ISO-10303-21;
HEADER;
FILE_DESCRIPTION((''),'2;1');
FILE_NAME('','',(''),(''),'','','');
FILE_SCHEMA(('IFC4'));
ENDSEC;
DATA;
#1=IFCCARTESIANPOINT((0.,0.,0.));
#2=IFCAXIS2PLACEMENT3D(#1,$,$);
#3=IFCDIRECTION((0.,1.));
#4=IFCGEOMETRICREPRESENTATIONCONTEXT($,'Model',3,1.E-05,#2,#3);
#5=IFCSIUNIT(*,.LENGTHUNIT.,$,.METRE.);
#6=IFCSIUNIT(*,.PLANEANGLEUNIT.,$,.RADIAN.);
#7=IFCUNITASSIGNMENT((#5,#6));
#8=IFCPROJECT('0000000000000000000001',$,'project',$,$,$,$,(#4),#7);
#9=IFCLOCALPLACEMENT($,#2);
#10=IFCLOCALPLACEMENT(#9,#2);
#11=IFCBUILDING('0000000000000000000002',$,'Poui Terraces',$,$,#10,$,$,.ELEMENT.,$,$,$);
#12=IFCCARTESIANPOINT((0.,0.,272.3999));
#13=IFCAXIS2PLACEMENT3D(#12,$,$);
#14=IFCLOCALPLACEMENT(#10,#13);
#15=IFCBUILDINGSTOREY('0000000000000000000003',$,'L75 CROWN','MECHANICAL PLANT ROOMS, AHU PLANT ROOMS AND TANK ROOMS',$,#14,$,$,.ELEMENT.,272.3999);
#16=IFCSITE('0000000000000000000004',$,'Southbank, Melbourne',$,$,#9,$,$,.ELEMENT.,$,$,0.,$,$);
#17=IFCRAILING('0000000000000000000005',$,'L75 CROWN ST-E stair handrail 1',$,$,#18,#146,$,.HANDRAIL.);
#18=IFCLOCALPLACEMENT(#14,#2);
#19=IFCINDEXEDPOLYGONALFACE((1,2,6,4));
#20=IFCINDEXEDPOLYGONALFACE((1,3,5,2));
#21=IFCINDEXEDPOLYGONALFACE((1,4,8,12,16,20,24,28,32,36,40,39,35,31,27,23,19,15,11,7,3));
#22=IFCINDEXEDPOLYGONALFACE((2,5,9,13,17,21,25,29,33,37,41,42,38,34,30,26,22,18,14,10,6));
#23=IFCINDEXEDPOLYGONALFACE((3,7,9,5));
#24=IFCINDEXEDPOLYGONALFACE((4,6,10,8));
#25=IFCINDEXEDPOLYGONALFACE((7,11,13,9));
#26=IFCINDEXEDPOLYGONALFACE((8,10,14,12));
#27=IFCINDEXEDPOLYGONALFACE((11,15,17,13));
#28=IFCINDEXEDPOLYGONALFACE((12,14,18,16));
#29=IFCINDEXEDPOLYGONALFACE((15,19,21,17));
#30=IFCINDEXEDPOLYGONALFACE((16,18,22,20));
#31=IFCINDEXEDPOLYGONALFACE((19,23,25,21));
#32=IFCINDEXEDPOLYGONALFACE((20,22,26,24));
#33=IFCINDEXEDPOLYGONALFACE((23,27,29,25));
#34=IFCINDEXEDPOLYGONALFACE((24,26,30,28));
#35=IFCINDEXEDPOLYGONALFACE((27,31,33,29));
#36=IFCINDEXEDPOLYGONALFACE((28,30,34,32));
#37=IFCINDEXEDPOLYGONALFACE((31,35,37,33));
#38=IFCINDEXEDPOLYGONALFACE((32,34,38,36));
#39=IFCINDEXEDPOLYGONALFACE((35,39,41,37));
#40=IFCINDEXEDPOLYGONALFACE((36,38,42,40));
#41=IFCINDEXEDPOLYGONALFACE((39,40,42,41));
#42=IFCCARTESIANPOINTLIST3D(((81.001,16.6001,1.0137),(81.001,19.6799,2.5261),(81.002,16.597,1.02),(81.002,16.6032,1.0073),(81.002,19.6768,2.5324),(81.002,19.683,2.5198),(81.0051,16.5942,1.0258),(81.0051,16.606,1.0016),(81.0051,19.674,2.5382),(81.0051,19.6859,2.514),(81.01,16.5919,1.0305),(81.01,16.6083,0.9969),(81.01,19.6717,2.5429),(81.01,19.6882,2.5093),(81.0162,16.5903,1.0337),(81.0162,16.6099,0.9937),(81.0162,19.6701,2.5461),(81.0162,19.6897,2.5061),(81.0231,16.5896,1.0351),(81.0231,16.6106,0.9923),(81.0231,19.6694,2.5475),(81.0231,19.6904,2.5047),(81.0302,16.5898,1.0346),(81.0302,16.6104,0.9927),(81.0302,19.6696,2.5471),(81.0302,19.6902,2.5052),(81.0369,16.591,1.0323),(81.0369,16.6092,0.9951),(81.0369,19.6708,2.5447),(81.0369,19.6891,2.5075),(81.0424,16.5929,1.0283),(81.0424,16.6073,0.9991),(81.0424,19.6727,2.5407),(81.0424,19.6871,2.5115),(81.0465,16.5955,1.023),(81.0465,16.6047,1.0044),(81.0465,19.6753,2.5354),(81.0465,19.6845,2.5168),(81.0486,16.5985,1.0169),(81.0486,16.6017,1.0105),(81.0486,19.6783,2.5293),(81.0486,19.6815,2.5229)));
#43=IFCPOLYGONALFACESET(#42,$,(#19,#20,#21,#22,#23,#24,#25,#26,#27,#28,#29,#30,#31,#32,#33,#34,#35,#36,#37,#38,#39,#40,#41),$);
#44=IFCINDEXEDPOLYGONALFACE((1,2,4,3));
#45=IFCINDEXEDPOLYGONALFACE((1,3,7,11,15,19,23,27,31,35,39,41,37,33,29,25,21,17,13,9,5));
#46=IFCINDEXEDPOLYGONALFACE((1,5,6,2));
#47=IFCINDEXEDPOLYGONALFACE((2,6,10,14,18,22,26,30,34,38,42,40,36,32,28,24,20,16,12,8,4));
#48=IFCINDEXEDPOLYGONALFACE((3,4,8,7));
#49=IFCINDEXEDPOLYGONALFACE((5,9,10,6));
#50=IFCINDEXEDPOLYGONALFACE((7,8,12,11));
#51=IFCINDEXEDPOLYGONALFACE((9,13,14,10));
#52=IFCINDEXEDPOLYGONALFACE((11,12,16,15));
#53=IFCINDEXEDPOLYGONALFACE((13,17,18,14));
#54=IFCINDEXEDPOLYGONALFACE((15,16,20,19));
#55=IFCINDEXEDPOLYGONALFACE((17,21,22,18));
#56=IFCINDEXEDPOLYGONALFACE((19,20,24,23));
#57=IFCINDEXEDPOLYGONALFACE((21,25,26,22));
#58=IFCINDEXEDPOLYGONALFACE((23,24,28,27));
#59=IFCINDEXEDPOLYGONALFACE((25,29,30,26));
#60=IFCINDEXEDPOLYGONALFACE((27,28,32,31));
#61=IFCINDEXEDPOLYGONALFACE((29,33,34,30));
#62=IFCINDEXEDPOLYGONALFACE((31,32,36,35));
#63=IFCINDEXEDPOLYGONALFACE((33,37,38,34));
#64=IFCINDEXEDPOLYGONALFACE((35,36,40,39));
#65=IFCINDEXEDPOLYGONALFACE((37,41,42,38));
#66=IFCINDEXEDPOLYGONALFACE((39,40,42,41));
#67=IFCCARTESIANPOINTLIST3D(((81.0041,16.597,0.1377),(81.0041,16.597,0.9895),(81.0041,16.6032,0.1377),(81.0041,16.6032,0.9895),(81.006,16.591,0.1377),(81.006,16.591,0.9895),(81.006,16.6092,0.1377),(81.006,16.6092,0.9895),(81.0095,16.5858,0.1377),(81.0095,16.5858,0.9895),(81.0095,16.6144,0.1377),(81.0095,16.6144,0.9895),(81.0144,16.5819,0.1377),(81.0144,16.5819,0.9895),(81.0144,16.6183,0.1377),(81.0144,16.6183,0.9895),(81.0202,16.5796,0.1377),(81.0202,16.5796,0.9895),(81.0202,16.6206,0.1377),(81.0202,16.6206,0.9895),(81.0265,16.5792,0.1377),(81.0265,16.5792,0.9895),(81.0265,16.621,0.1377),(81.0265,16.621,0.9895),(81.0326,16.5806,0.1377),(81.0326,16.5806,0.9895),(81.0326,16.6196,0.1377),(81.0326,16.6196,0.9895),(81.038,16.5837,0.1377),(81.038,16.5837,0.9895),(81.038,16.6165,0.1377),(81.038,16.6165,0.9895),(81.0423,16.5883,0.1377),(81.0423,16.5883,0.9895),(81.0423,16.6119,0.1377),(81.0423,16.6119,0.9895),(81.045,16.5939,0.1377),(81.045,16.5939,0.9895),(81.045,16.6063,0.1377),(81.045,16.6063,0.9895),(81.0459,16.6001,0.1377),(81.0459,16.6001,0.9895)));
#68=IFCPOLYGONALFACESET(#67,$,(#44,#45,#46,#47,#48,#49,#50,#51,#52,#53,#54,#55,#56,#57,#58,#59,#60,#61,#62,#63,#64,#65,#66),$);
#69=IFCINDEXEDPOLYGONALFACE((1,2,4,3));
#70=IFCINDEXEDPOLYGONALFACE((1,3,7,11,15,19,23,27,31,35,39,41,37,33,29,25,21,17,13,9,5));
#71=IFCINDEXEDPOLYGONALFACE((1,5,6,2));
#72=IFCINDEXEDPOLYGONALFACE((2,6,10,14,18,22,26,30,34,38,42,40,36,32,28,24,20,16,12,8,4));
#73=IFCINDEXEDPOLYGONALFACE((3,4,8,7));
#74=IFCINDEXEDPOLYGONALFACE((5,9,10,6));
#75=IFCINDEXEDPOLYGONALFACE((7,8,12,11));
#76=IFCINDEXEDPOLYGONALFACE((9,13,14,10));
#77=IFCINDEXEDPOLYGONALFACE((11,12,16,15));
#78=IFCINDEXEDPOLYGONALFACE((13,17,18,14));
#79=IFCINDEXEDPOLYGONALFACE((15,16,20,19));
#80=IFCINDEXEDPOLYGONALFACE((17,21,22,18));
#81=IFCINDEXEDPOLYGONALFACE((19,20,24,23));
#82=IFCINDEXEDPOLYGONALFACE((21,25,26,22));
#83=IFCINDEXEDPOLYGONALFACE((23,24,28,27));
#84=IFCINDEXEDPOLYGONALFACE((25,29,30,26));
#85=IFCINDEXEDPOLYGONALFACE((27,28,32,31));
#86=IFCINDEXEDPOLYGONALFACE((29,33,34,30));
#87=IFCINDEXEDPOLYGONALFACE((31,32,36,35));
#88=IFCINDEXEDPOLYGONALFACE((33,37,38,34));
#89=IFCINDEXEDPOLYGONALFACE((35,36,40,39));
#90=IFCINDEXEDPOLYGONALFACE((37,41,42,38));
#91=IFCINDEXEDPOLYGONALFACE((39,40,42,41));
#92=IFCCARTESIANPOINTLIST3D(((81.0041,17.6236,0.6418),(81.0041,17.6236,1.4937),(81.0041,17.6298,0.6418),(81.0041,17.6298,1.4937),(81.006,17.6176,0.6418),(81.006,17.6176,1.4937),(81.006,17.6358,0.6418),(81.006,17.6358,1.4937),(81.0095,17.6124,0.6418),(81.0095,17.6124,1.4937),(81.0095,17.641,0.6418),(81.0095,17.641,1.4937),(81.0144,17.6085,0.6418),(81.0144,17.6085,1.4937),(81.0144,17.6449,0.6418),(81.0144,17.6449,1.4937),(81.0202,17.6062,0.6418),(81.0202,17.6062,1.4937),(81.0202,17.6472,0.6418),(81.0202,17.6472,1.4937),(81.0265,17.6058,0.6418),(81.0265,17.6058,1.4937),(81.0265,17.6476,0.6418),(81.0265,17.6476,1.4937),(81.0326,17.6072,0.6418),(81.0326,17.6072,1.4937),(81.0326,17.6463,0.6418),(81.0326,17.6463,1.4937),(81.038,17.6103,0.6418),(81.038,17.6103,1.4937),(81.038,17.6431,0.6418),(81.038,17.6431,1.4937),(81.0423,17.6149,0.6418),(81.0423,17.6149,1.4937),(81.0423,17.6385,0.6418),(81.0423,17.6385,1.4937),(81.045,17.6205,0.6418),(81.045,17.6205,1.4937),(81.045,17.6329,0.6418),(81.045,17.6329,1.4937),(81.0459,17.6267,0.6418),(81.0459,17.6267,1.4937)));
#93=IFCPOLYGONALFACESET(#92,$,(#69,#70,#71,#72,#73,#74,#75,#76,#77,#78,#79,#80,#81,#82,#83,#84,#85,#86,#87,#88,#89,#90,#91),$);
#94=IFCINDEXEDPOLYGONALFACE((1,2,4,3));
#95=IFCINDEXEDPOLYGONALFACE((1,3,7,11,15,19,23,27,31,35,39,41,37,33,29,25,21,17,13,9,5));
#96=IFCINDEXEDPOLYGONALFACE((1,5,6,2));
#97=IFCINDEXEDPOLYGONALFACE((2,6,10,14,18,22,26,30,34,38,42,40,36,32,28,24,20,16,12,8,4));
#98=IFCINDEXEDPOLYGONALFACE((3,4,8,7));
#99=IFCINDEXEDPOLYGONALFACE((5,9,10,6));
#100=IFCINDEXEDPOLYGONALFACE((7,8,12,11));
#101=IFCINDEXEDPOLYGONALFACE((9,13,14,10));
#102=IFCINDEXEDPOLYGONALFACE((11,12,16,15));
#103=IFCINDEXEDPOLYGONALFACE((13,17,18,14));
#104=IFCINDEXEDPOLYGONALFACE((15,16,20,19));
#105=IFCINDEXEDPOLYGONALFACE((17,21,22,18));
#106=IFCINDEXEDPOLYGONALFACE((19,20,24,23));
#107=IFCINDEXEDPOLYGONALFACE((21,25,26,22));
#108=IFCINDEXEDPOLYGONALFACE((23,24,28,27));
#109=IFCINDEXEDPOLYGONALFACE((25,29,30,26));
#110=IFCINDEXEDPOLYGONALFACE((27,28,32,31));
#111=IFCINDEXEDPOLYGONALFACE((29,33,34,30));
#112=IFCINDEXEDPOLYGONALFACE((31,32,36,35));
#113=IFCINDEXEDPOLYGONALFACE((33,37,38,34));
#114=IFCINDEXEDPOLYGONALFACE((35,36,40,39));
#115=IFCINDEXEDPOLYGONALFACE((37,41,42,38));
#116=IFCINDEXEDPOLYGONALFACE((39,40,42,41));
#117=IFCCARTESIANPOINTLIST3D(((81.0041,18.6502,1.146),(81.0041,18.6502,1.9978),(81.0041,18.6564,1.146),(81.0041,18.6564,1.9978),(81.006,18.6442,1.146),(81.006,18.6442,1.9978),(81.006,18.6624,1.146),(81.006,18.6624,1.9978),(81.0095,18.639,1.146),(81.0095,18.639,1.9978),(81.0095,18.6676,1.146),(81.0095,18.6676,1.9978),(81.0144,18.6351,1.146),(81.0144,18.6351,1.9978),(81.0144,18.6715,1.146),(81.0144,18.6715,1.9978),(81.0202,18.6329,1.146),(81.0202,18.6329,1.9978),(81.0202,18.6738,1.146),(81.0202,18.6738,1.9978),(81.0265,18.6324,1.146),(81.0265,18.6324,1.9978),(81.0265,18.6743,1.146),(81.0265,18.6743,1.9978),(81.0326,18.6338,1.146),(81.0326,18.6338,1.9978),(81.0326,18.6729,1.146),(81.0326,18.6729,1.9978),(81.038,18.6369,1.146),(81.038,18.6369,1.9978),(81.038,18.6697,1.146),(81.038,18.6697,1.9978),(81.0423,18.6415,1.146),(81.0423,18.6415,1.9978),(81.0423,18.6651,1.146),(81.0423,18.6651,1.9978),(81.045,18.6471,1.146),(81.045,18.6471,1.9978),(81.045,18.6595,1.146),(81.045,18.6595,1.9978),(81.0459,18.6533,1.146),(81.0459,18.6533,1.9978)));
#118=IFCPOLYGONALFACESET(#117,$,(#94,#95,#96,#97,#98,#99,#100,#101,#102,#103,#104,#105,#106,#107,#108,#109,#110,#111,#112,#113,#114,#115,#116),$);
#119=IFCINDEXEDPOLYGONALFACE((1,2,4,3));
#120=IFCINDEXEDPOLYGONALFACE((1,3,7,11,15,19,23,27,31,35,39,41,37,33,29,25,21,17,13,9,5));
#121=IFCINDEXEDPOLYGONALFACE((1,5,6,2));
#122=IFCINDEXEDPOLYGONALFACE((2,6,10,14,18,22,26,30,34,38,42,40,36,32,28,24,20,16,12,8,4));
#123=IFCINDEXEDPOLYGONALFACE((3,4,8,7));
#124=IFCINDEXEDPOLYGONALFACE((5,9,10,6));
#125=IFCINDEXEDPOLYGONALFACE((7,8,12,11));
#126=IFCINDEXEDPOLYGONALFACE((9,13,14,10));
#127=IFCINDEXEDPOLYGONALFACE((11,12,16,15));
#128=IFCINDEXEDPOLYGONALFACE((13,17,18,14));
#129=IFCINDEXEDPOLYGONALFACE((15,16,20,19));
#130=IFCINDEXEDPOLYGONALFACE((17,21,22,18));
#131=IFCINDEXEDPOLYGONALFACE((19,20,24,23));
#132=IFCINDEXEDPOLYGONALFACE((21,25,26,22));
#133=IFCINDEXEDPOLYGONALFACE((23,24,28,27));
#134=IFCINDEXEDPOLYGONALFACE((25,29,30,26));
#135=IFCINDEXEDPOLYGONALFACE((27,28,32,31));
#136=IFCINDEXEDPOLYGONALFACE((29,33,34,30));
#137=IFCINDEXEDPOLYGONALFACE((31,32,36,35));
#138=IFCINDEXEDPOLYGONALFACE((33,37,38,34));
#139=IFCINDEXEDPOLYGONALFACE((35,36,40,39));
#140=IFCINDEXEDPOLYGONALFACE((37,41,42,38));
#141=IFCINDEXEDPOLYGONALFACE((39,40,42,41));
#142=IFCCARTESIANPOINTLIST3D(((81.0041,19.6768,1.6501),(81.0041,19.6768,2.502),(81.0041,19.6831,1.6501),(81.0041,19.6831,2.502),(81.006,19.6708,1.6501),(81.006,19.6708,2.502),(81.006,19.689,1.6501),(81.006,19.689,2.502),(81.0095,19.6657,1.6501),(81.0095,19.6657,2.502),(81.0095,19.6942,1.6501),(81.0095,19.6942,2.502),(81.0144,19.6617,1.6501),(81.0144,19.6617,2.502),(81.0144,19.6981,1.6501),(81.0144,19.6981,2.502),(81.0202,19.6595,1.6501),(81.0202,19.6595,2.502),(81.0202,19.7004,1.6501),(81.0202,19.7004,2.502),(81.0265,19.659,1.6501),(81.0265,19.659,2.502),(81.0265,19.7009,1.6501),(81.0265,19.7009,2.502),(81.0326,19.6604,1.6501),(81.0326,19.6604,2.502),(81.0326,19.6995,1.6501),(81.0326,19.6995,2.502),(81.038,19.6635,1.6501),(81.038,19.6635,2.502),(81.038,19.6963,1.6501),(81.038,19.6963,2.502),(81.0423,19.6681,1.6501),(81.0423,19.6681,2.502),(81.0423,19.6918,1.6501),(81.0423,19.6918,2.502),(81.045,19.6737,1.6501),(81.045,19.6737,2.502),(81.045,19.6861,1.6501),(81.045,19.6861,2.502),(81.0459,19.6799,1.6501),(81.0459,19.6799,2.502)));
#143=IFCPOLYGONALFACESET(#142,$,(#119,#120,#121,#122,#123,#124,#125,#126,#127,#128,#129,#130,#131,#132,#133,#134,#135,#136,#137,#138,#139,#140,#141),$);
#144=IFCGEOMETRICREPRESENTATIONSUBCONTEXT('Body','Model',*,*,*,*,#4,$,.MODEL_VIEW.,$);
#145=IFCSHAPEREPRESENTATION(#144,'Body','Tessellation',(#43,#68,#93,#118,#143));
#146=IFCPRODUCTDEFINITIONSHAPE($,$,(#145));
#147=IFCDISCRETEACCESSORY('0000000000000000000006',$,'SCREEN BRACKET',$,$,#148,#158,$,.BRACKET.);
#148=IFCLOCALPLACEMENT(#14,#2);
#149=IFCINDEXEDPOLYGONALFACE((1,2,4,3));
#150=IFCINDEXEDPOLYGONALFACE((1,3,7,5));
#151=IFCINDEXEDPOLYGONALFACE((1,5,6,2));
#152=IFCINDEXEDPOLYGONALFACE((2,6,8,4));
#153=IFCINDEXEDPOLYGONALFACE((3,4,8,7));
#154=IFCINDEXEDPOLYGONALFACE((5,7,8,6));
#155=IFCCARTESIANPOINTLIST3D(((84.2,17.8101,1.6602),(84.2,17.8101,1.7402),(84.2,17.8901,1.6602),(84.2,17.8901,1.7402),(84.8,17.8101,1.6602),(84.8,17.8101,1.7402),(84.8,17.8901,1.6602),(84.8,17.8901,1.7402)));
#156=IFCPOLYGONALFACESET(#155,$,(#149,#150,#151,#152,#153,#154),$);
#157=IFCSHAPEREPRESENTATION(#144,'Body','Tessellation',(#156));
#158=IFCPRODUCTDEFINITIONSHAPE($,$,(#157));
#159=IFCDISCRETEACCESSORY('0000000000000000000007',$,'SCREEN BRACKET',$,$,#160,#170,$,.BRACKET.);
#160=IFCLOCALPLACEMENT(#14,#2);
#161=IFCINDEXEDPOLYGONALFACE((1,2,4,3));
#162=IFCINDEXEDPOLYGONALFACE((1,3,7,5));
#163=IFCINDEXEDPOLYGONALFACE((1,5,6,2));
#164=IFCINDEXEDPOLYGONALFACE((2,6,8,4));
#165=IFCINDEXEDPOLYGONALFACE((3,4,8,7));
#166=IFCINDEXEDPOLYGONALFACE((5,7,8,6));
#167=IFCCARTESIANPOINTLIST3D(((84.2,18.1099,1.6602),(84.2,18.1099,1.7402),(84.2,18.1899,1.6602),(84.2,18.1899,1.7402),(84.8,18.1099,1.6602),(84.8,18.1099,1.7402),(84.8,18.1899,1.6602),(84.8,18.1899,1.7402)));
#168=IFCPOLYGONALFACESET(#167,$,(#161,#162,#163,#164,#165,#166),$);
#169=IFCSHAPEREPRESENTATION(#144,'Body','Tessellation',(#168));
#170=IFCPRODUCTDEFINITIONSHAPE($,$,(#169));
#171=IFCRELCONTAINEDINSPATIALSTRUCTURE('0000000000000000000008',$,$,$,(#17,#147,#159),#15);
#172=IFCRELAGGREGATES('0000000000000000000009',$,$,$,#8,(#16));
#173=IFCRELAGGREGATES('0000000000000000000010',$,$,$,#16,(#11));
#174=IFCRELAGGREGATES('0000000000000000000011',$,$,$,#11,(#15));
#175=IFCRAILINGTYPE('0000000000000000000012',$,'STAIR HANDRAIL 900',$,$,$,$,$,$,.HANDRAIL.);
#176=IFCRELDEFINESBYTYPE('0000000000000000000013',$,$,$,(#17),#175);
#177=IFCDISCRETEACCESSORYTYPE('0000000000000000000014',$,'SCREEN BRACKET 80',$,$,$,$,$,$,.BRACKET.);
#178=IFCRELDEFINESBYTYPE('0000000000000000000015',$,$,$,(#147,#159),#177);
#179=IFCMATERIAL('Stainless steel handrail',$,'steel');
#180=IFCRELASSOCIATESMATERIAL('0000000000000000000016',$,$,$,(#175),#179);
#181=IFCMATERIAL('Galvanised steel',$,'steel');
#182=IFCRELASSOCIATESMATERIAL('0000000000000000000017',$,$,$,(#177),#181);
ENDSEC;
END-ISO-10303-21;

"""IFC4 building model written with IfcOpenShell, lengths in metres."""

from ifc_helpers import new_model, si_unit, direction, frame, origin, origin_2d, place, context, subcontext, project, spatial, rectangle, circle, extrude, source, transform, mapped, material, material_profile, profile_set, type_object, element, save


model = new_model("IFC4")

# Units and contexts
model_context = context("Model", 3, precision=1e-05, world=origin(), true_north=direction((0.0, 1.0)))
body_context = subcontext(model_context, "Body", "Model", "MODEL_VIEW")
ifc_project = project(units=[si_unit("LENGTHUNIT", "METRE"), si_unit("PLANEANGLEUNIT", "RADIAN")], contexts=[model_context])

# Site, building, storey
site_placement = place(None, origin())
site = spatial("IfcSite", under=ifc_project, at=site_placement, Name="Southbank, Melbourne", CompositionType="ELEMENT", RefElevation=0.0)
building_placement = place(site_placement, origin())
building = spatial("IfcBuilding", under=site, at=building_placement, Name="Poui Terraces", CompositionType="ELEMENT")
storey_placement = place(building_placement, frame((0.0, 0.0, 272.3999)))
storey = spatial("IfcBuildingStorey", under=building, at=storey_placement, Name="L75 CROWN", Description="MECHANICAL PLANT ROOMS, AHU PLANT ROOMS AND TANK ROOMS", CompositionType="ELEMENT", Elevation=272.3999)

# Railing
ifc_material_1 = material(Name="Stainless steel handrail", Category="steel")
railing_type_1 = type_object("IfcRailingType", Name="STAIR HANDRAIL 900", PredefinedType="HANDRAIL", material=ifc_material_1)
for number, where, name in (
    (1, (81.0249, 16.6001, 0.1377), "L75 CROWN ST-E stair handrail 1"),
):
    element("IfcRailing", number, at=place(storey_placement, frame(where)), inside=storey, type_object=railing_type_1, Name=name, PredefinedType="HANDRAIL", context=body_context, shape_type="SweptSolid", body=[
        extrude(circle(Radius=0.0239, at=origin_2d()), frame((0.0, 0.0, 0.876), z_axis=(0.0, 0.897606, 0.440798), x_axis=(-1.0, 0.0, 0.0)), (0.0, 0.0, 1.0), 3.4312),
        extrude(circle(Radius=0.021, at=origin_2d()), origin(), (0.0, 0.0, 1.0), 0.8518),
        extrude(circle(Radius=0.021, at=origin_2d()), frame((0.0, 1.0266, 0.5042)), (0.0, 0.0, 1.0), 0.8518),
        extrude(circle(Radius=0.021, at=origin_2d()), frame((0.0, 2.0532, 1.0083)), (0.0, 0.0, 1.0), 0.8518),
        extrude(circle(Radius=0.021, at=origin_2d()), frame((0.0, 3.0798, 1.5125)), (0.0, 0.0, 1.0), 0.8518),
    ])

# Discrete accessories
ifc_material_2 = material(Name="Galvanised steel", Category="steel")
ifc_material_profile_1 = material_profile(ifc_material_2, rectangle(XDim=0.0801, YDim=0.0801, at=origin_2d()), Name="SCREEN BRACKET 80")
ifc_profile_set_1 = profile_set([ifc_material_profile_1], Name="Galvanised steel")
discrete_accessory_type = type_object("IfcDiscreteAccessoryType", Name="SCREEN BRACKET 80", PredefinedType="BRACKET", material=ifc_profile_set_1)
shared_shape_1 = source(origin(), body_context, "Body", "SweptSolid", [
    extrude(rectangle(XDim=0.0801, YDim=0.0801, at=origin_2d()), origin(), (0.0, 0.0, 1.0), 0.6001),
])
for number, where, z_axis, x_axis, name in (
    (2, (84.2, 17.8501, 1.7002), (1.0, 0.0, 0.0), (0.0, 1.0, 0.0), "SCREEN BRACKET"),
    (3, (84.2, 18.1499, 1.7002), (1.0, 0.0, 0.0), (0.0, 1.0, 0.0), "SCREEN BRACKET"),
):
    element("IfcDiscreteAccessory", number, at=place(storey_placement, frame(where, z_axis=z_axis, x_axis=x_axis)), inside=storey, type_object=discrete_accessory_type, Name=name, PredefinedType="BRACKET", context=body_context, shape_type="MappedRepresentation", body=[
        mapped(shared_shape_1, transform((0.0, 0.0, 0.0))),
    ])

save(model, "model.ifc")
